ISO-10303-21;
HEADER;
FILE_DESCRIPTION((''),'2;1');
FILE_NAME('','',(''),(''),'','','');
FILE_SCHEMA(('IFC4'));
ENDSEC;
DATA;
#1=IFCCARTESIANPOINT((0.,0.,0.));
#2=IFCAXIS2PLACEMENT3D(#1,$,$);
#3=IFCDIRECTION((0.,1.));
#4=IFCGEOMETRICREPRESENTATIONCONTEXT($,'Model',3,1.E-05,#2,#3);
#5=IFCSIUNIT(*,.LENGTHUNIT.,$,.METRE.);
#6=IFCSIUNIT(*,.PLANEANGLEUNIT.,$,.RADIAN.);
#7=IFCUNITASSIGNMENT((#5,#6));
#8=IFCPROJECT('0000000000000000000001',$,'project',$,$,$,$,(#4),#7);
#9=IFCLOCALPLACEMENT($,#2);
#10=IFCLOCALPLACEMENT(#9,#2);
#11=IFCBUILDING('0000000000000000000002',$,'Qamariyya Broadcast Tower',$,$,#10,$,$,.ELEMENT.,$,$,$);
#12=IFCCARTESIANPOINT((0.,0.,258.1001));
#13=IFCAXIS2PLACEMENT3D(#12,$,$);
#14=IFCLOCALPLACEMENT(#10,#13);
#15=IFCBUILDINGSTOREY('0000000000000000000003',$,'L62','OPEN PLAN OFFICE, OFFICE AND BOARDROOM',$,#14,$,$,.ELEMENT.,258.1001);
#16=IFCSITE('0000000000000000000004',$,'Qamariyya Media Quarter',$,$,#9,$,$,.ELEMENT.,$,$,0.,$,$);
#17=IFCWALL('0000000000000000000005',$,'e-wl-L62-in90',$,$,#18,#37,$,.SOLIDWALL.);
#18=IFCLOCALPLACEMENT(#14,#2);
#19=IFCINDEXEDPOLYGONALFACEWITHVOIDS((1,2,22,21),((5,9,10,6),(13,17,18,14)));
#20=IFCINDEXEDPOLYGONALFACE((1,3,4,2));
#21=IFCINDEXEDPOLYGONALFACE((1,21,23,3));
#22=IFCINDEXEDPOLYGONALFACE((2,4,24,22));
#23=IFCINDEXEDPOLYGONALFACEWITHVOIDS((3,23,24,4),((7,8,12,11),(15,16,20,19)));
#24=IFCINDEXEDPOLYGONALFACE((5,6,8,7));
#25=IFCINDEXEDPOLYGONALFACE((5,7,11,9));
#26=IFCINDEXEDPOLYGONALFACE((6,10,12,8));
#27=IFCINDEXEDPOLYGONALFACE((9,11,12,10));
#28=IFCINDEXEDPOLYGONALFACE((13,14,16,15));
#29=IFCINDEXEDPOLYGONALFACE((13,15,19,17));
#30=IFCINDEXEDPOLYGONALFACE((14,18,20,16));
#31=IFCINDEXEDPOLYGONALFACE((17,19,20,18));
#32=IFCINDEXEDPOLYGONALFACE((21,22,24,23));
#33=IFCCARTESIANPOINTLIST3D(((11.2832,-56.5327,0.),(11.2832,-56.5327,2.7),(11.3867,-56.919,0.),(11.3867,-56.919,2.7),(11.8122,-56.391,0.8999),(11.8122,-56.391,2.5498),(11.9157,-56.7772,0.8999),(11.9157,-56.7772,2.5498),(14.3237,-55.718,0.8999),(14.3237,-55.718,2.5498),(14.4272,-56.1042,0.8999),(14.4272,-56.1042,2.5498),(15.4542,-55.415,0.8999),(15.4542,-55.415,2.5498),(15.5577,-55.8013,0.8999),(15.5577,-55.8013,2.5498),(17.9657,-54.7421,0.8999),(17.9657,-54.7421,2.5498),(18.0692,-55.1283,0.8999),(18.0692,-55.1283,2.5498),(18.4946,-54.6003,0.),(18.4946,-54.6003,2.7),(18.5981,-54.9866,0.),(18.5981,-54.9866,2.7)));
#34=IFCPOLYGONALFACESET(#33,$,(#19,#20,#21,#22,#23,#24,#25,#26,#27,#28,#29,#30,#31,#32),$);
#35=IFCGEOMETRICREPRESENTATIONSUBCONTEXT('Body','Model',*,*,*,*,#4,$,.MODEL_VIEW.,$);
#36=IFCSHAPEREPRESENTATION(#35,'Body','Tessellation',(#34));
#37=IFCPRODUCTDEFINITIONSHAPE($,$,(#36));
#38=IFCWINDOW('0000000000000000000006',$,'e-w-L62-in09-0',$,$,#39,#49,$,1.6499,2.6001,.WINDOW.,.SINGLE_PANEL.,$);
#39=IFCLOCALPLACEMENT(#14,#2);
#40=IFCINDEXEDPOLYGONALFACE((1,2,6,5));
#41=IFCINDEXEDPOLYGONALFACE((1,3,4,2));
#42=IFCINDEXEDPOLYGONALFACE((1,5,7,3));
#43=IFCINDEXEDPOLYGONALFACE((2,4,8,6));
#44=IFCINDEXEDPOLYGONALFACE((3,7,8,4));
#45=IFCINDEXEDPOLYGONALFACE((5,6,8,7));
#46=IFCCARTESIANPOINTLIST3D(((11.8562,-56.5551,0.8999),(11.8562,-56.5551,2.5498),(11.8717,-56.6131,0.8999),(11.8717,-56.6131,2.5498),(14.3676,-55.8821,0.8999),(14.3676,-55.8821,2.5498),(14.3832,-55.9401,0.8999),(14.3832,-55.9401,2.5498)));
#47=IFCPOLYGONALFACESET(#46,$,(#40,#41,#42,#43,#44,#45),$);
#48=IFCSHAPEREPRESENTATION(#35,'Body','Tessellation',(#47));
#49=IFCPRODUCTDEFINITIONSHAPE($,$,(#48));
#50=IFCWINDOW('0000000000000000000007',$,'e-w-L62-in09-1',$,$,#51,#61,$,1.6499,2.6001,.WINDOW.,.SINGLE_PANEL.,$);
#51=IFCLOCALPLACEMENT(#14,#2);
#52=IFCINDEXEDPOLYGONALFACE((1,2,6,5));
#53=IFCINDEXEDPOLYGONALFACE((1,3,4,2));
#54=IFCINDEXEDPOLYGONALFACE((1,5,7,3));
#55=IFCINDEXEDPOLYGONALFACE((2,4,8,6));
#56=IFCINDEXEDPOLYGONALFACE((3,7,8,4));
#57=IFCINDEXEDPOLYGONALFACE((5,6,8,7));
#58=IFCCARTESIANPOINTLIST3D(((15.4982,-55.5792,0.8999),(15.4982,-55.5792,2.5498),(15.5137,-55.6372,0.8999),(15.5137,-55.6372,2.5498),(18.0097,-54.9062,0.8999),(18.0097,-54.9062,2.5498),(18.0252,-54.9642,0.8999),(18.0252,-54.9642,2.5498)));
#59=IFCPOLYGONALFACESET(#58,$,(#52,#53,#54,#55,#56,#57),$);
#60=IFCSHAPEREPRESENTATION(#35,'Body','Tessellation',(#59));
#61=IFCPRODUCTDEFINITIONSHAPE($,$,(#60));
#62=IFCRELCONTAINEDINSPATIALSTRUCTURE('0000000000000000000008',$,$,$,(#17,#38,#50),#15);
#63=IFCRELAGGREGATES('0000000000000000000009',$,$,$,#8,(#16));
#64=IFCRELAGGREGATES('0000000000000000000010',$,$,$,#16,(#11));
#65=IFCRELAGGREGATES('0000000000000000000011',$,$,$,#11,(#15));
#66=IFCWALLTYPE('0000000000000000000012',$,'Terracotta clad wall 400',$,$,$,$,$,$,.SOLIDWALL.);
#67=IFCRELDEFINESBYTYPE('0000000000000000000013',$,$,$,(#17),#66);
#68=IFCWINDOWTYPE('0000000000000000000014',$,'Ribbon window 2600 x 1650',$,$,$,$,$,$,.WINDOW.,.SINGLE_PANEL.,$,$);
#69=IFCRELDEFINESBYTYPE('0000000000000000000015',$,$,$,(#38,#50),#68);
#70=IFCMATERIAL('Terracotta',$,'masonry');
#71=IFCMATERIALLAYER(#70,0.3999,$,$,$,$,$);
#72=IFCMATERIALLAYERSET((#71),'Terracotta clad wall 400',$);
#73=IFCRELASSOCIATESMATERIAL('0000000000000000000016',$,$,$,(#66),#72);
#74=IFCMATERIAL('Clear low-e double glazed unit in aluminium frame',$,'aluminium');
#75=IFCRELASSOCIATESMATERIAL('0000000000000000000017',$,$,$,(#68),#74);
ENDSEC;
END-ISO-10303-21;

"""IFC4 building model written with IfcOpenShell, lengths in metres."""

from ifc_helpers import new_model, si_unit, direction, frame, frame_2d, origin, place, context, subcontext, project, spatial, rectangle, extrude, material, layer, layer_set, type_object, element, fill, save


model = new_model("IFC4")

# Units and contexts
model_context = context("Model", 3, precision=1e-05, world=origin(), true_north=direction((0.0, 1.0)))
body_context = subcontext(model_context, "Body", "Model", "MODEL_VIEW")
ifc_project = project(units=[si_unit("LENGTHUNIT", "METRE"), si_unit("PLANEANGLEUNIT", "RADIAN")], contexts=[model_context])

# Site, building, storey
site_placement = place(None, origin())
site = spatial("IfcSite", under=ifc_project, at=site_placement, Name="Qamariyya Media Quarter", CompositionType="ELEMENT", RefElevation=0.0)
building_placement = place(site_placement, origin())
building = spatial("IfcBuilding", under=site, at=building_placement, Name="Qamariyya Broadcast Tower", CompositionType="ELEMENT")
storey_placement = place(building_placement, frame((0.0, 0.0, 258.1001)))
storey = spatial("IfcBuildingStorey", under=building, at=storey_placement, Name="L62", Description="OPEN PLAN OFFICE, OFFICE AND BOARDROOM", CompositionType="ELEMENT", Elevation=258.1001)

# Wall, openings, windows
ifc_material_1 = material(Name="Terracotta", Category="masonry")
ifc_layer_1 = layer(ifc_material_1, 0.3999)
ifc_layer_set_1 = layer_set([ifc_layer_1], Name="Terracotta clad wall 400")
wall_type_1 = type_object("IfcWallType", Name="Terracotta clad wall 400", PredefinedType="SOLIDWALL", material=ifc_layer_set_1)
ifc_material_2 = material(Name="Clear low-e double glazed unit in aluminium frame", Category="aluminium")
window_type = type_object("IfcWindowType", Name="Ribbon window 2600 x 1650", PartitioningType="SINGLE_PANEL", PredefinedType="WINDOW", material=ifc_material_2)
wall_1_placement = place(storey_placement, frame((18.5464, -54.7935, 0.0), z_axis=(0.0, 0.0, 1.0), x_axis=(-0.965923, -0.258829, 0.0)))
wall_1 = element("IfcWall", 1, at=wall_1_placement, inside=storey, type_object=wall_type_1, Name="e-wl-L62-in90", PredefinedType="SOLIDWALL", context=body_context, shape_type="SweptSolid", body=[
    extrude(rectangle(XDim=7.4658, YDim=0.3999, at=frame_2d((3.7329, 0.0))), origin(), (0.0, 0.0, 1.0), 2.7),
])
opening_1_placement = place(wall_1_placement, frame((4.3181, 0.0, 0.8999)))
opening_1 = element("IfcOpeningElement", 2, at=opening_1_placement, cuts=wall_1, PredefinedType="OPENING", context=body_context, shape_type="SweptSolid", body=[
    extrude(rectangle(XDim=2.6001, YDim=1.6499, at=frame_2d((1.3, 0.825))), frame((0.0, 0.21, 0.0), z_axis=(0.0, -1.0, 0.0), x_axis=(1.0, 0.0, 0.0)), (0.0, 0.0, 1.0), 0.4199),
])
opening_2_placement = place(wall_1_placement, frame((0.5476, 0.0, 0.8999)))
opening_2 = element("IfcOpeningElement", 3, at=opening_2_placement, cuts=wall_1, PredefinedType="OPENING", context=body_context, shape_type="SweptSolid", body=[
    extrude(rectangle(XDim=2.6001, YDim=1.6499, at=frame_2d((1.3, 0.825))), frame((0.0, 0.21, 0.0), z_axis=(0.0, -1.0, 0.0), x_axis=(1.0, 0.0, 0.0)), (0.0, 0.0, 1.0), 0.4199),
])
window_1_placement = place(opening_1_placement, origin())
window_1 = element("IfcWindow", 4, at=window_1_placement, inside=storey, type_object=window_type, Name="e-w-L62-in09-0", OverallHeight=1.6499, OverallWidth=2.6001, PartitioningType="SINGLE_PANEL", PredefinedType="WINDOW", context=body_context, shape_type="SweptSolid", body=[
    extrude(rectangle(XDim=2.6001, YDim=1.6499, at=frame_2d((1.3, 0.825))), frame((0.0, 0.03, 0.0), z_axis=(0.0, -1.0, 0.0), x_axis=(1.0, 0.0, 0.0)), (0.0, 0.0, 1.0), 0.0601),
])
fill(opening_1, window_1)
window_2_placement = place(opening_2_placement, origin())
window_2 = element("IfcWindow", 5, at=window_2_placement, inside=storey, type_object=window_type, Name="e-w-L62-in09-1", OverallHeight=1.6499, OverallWidth=2.6001, PartitioningType="SINGLE_PANEL", PredefinedType="WINDOW", context=body_context, shape_type="SweptSolid", body=[
    extrude(rectangle(XDim=2.6001, YDim=1.6499, at=frame_2d((1.3, 0.825))), frame((0.0, 0.03, 0.0), z_axis=(0.0, -1.0, 0.0), x_axis=(1.0, 0.0, 0.0)), (0.0, 0.0, 1.0), 0.0601),
])
fill(opening_2, window_2)

save(model, "model.ifc")
